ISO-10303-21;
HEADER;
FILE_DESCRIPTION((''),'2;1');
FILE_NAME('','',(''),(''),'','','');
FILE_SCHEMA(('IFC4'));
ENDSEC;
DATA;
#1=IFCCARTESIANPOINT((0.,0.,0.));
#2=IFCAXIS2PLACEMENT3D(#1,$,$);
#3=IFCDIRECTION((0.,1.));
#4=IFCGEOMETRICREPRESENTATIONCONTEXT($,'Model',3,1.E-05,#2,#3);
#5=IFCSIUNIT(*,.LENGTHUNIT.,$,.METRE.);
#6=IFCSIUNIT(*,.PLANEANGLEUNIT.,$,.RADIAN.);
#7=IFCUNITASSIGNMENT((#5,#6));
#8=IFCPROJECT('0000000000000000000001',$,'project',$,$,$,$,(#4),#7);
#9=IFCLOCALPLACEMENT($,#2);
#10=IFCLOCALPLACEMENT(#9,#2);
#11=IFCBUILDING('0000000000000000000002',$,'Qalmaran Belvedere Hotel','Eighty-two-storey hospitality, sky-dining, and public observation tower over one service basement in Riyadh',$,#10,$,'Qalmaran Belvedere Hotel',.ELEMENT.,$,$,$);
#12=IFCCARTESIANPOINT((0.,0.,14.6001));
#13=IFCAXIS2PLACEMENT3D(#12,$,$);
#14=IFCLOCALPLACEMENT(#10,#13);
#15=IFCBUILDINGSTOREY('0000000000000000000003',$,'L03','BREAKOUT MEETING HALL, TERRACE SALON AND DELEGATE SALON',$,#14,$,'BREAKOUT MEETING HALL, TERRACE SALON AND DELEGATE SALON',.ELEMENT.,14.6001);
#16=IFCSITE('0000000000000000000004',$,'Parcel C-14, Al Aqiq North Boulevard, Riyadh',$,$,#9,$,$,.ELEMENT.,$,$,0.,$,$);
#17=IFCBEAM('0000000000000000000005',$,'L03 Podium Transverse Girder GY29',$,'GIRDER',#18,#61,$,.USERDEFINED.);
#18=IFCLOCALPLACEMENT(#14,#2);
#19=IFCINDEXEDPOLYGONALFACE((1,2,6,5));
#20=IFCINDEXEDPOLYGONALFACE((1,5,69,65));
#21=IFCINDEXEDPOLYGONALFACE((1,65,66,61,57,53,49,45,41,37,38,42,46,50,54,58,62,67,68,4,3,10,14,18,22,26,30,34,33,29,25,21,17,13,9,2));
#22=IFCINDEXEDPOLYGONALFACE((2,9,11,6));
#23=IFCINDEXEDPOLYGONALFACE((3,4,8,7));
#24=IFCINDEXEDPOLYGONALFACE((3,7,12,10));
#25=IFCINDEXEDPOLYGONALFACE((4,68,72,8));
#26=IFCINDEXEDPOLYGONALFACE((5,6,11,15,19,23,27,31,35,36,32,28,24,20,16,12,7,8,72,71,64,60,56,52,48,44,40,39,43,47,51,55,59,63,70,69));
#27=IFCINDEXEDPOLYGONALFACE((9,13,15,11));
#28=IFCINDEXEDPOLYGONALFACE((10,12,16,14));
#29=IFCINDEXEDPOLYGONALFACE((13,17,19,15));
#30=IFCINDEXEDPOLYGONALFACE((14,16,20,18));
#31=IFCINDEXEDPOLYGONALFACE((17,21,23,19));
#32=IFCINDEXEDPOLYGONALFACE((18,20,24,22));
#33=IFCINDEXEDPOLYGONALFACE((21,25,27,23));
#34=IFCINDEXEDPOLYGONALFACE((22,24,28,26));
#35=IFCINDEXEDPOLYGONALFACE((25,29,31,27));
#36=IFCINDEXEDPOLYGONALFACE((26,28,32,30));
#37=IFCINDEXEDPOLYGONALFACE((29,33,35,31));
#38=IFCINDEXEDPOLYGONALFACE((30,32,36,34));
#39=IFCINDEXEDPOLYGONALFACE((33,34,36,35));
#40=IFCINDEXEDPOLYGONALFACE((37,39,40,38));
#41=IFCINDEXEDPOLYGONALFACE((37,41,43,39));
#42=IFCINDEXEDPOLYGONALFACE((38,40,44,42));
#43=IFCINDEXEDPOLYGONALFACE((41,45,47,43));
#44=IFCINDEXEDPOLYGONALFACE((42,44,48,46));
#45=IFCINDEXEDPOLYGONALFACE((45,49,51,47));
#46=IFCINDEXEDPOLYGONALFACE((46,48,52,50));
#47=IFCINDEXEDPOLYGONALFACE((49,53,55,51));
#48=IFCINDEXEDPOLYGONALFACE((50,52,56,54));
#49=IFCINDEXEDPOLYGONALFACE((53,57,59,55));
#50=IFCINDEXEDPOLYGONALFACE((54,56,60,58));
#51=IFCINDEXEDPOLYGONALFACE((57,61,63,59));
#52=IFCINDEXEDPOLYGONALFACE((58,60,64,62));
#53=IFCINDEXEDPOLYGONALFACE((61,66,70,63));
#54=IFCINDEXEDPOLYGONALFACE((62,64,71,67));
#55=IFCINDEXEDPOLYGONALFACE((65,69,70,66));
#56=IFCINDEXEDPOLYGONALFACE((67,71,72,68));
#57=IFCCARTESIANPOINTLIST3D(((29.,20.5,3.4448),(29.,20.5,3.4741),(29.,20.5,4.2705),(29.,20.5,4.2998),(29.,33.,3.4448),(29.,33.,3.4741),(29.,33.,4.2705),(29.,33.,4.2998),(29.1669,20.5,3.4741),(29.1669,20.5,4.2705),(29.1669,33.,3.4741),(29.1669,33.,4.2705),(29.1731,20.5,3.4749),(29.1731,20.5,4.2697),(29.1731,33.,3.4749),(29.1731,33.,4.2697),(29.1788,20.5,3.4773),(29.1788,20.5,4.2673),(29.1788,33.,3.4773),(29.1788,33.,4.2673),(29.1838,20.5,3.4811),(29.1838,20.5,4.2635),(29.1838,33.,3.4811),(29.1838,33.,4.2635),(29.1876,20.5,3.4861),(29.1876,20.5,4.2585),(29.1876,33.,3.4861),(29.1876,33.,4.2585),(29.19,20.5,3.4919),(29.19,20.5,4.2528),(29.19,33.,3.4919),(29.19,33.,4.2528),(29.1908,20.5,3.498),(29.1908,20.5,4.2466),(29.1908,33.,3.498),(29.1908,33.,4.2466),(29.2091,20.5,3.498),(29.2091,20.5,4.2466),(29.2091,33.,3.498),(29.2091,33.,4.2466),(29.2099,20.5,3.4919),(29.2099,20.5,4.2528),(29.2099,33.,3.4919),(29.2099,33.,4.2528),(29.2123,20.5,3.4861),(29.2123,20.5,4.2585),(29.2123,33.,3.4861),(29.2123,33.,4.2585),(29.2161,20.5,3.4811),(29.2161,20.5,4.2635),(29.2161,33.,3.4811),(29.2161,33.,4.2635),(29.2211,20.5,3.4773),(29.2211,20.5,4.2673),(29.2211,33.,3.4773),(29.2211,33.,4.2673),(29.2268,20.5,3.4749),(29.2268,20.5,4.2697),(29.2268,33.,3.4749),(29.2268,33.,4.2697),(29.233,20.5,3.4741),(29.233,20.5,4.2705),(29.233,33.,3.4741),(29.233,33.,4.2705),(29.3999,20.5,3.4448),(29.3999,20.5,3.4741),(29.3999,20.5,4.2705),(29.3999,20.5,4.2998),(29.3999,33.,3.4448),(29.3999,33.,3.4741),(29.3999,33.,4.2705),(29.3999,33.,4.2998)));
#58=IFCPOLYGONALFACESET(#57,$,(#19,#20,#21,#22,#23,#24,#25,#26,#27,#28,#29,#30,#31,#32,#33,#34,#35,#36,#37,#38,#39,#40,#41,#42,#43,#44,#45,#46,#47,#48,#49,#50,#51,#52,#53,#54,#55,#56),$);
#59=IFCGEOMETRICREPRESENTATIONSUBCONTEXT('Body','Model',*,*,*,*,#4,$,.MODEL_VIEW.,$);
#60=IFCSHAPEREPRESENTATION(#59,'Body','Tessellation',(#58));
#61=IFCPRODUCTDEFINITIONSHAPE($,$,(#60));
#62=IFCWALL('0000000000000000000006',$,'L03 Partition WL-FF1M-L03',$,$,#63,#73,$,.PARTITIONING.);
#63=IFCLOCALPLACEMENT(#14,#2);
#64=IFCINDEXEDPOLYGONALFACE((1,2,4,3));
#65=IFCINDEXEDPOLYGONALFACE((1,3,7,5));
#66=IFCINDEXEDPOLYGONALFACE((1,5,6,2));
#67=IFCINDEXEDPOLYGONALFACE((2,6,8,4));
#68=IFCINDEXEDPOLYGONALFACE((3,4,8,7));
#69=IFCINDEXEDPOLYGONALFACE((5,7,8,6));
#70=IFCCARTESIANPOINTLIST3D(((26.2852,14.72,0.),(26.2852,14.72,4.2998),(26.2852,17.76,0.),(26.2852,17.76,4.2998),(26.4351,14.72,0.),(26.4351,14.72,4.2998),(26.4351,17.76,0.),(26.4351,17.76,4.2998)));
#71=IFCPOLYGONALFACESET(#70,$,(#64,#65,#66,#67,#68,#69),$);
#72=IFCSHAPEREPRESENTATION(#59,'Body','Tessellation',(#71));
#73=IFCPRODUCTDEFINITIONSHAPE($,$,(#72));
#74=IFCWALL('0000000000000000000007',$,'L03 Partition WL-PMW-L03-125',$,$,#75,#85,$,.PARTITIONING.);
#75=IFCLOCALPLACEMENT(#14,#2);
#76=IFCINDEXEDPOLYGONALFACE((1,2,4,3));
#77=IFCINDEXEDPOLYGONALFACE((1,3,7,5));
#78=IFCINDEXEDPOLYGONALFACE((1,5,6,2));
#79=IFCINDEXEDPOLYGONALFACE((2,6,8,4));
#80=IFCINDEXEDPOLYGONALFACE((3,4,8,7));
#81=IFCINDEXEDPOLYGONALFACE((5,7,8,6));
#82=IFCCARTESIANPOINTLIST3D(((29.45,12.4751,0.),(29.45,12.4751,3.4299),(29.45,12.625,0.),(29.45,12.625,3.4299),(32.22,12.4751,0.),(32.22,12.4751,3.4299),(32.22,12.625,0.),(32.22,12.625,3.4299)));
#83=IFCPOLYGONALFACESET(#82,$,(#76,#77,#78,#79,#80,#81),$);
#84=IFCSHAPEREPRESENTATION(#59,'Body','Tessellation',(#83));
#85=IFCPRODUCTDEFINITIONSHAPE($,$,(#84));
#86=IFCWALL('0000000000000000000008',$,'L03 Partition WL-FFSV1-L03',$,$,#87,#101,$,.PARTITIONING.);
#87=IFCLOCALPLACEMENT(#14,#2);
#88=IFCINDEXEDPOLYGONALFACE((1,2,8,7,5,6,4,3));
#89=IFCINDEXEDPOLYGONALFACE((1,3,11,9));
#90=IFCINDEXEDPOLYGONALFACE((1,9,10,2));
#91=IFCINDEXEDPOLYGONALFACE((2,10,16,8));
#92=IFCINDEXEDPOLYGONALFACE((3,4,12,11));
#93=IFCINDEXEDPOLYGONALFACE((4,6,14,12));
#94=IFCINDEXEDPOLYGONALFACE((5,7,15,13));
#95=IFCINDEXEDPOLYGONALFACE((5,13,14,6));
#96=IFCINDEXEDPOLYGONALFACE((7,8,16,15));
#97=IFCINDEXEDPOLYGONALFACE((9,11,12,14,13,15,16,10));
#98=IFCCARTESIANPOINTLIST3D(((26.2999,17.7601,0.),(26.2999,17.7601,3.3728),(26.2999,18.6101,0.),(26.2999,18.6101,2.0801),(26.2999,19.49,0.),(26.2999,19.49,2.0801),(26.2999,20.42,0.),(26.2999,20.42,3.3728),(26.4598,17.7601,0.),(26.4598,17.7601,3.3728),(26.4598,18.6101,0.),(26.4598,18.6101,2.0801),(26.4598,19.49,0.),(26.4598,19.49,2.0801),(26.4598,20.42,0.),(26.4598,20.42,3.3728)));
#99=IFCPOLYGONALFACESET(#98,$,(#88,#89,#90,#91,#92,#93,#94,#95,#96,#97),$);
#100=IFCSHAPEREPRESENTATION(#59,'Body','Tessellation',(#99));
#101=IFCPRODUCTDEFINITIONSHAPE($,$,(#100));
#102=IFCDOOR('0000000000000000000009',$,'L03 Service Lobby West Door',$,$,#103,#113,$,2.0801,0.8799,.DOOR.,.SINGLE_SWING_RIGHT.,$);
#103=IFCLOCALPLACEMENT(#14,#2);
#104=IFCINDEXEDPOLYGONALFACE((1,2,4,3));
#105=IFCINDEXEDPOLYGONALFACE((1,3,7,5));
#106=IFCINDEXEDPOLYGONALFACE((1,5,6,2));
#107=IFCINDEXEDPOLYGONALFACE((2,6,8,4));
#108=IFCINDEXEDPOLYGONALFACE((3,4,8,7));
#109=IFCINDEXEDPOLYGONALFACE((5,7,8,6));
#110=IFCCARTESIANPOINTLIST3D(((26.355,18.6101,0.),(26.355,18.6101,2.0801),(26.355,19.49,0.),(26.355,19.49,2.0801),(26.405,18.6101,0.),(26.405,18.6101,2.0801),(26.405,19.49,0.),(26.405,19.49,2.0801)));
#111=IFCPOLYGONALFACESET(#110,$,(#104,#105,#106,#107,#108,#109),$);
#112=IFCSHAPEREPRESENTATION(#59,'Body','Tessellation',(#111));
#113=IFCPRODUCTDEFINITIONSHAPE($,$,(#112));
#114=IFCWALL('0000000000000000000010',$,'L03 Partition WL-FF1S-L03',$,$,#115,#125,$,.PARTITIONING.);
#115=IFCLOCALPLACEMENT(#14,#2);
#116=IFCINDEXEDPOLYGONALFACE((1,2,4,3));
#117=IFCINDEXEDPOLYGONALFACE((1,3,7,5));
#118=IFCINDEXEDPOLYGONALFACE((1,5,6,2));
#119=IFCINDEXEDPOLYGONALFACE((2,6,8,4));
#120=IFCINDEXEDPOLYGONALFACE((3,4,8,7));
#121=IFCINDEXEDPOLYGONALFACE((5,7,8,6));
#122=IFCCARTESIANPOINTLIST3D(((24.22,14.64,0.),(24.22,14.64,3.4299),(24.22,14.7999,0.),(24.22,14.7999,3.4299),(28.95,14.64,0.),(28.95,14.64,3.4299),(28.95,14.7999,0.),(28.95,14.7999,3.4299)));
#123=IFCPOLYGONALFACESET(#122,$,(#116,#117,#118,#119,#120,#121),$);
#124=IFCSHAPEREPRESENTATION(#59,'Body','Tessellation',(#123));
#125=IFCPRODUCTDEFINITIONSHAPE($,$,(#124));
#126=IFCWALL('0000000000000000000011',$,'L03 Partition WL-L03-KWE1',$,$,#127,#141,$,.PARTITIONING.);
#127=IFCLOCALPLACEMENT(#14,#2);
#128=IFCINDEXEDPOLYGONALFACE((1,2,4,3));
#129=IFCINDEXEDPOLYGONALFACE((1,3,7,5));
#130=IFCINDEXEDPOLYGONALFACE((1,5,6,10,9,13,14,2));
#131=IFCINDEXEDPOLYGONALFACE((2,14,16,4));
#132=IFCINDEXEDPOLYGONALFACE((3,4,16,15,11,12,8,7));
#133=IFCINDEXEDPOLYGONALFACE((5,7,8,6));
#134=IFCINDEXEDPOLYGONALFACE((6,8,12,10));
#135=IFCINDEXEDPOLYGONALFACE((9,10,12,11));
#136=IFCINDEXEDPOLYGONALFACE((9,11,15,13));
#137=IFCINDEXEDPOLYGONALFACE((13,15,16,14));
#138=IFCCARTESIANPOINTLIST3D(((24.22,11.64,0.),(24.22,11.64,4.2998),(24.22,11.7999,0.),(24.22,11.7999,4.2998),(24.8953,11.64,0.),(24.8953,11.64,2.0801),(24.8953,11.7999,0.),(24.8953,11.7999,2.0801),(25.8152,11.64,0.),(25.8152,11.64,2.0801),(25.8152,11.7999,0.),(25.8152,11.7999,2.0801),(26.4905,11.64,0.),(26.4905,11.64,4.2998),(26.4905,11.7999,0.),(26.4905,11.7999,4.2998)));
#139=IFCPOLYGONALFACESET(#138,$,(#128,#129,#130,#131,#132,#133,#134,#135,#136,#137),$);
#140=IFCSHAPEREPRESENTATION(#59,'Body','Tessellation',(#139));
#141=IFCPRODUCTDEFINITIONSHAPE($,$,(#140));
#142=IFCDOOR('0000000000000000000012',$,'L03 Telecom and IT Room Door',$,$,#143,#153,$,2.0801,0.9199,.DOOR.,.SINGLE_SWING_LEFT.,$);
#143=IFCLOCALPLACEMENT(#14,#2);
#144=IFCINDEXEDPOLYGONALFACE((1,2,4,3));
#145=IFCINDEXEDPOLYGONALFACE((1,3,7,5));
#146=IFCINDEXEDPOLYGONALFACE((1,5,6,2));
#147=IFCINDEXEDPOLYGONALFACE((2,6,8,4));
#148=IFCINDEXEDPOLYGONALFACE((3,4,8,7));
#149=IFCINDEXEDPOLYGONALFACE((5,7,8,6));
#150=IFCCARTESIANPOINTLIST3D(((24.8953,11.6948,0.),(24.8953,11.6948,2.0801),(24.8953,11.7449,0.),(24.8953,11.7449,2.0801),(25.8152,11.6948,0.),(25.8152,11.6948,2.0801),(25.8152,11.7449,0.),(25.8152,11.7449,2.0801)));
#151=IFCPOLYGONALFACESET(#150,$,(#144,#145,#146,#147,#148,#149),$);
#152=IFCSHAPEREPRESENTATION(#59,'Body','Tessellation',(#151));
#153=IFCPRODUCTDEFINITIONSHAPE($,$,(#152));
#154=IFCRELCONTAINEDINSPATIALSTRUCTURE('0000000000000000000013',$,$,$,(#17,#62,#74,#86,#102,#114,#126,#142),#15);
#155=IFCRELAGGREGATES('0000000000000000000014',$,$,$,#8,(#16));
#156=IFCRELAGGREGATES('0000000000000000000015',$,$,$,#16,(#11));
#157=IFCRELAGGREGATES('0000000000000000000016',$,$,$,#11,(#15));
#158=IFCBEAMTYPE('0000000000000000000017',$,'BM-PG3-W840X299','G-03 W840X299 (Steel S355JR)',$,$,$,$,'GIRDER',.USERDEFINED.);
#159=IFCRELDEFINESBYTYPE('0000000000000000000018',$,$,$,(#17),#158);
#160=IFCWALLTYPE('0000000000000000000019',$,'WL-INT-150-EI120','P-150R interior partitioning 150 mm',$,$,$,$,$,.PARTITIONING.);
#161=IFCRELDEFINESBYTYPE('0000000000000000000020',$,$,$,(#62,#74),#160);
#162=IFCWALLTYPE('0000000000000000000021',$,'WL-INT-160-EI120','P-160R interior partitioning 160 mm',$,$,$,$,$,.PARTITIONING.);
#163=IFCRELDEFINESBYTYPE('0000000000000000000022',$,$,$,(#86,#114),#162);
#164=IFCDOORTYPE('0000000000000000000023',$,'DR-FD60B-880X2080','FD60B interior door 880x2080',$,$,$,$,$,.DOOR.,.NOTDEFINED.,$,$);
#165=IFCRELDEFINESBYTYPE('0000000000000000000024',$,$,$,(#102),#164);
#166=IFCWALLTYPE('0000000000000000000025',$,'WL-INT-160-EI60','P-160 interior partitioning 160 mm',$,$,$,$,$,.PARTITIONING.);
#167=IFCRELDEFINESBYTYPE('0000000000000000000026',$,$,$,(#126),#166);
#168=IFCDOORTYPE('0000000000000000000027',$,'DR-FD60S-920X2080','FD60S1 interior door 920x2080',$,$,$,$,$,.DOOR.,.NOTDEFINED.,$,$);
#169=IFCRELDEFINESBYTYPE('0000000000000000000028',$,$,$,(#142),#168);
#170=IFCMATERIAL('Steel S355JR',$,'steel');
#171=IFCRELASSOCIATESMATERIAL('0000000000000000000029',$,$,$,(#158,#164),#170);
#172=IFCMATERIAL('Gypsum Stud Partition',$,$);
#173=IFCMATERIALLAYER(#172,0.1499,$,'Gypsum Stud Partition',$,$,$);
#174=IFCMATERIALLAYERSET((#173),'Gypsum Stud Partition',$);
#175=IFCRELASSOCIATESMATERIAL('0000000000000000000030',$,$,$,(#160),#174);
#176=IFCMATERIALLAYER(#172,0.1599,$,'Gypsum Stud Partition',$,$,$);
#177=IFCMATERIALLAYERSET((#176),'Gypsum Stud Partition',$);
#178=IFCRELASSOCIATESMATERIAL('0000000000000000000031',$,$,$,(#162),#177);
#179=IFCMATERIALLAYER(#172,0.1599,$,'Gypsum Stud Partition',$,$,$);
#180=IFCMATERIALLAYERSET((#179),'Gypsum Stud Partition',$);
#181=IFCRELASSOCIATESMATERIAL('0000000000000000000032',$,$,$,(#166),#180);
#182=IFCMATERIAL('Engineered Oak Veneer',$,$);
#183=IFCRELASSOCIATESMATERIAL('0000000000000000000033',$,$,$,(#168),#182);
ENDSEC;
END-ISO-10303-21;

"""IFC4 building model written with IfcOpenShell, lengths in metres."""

from ifc_helpers import new_model, si_unit, direction, frame, frame_2d, origin, origin_2d, place, context, subcontext, project, spatial, rectangle, i_section, extrude, material, layer, layer_set, material_profile, profile_set, type_object, element, fill, save


model = new_model("IFC4")

# Units and contexts
model_context = context("Model", 3, precision=1e-05, world=origin(), true_north=direction((0.0, 1.0)))
body_context = subcontext(model_context, "Body", "Model", "MODEL_VIEW")
ifc_project = project(units=[si_unit("LENGTHUNIT", "METRE"), si_unit("PLANEANGLEUNIT", "RADIAN")], contexts=[model_context])

# Site, building, storey
site_placement = place(None, origin())
site = spatial("IfcSite", under=ifc_project, at=site_placement, Name="Parcel C-14, Al Aqiq North Boulevard, Riyadh", CompositionType="ELEMENT", RefElevation=0.0)
building_placement = place(site_placement, origin())
building = spatial("IfcBuilding", under=site, at=building_placement, Name="Qalmaran Belvedere Hotel", Description="Eighty-two-storey hospitality, sky-dining, and public observation tower over one service basement in Riyadh", LongName="Qalmaran Belvedere Hotel", CompositionType="ELEMENT")
storey_placement = place(building_placement, frame((0.0, 0.0, 14.6001)))
storey = spatial("IfcBuildingStorey", under=building, at=storey_placement, Name="L03", Description="BREAKOUT MEETING HALL, TERRACE SALON AND DELEGATE SALON", LongName="BREAKOUT MEETING HALL, TERRACE SALON AND DELEGATE SALON", CompositionType="ELEMENT", Elevation=14.6001)

# Beam
ifc_material_1 = material(Name="Steel S355JR", Category="steel")
ifc_material_profile_1 = material_profile(ifc_material_1, i_section(OverallWidth=0.3999, OverallDepth=0.855, WebThickness=0.0183, FlangeThickness=0.0293, FilletRadius=0.0239, at=origin_2d()), Name="W840X299")
ifc_profile_set_1 = profile_set([ifc_material_profile_1], Name="Steel S355JR")
beam_type_1 = type_object("IfcBeamType", Name="BM-PG3-W840X299", Description="G-03 W840X299 (Steel S355JR)", ElementType="GIRDER", PredefinedType="USERDEFINED", material=ifc_profile_set_1)
beam_1_placement = place(storey_placement, frame((29.2, 20.5, 3.8723), z_axis=(0.0, 1.0, 0.0), x_axis=(-1.0, 0.0, 0.0)))
element("IfcBeam", 1, at=beam_1_placement, inside=storey, type_object=beam_type_1, Name="L03 Podium Transverse Girder GY29", ObjectType="GIRDER", PredefinedType="USERDEFINED", context=body_context, shape_type="SweptSolid", body=[
    extrude(i_section(OverallWidth=0.3999, OverallDepth=0.855, WebThickness=0.0183, FlangeThickness=0.0293, FilletRadius=0.0239, at=origin_2d()), origin(), (0.0, 0.0, 1.0), 12.5),
])

# Walls
ifc_material_2 = material(Name="Gypsum Stud Partition")
ifc_layer_1 = layer(ifc_material_2, 0.1499, Name="Gypsum Stud Partition")
ifc_layer_set_1 = layer_set([ifc_layer_1], Name="Gypsum Stud Partition")
wall_type_1 = type_object("IfcWallType", Name="WL-INT-150-EI120", Description="P-150R interior partitioning 150 mm", PredefinedType="PARTITIONING", material=ifc_layer_set_1)
wall_1_placement = place(storey_placement, frame((26.3601, 14.72, 0.0), z_axis=(0.0, 0.0, 1.0), x_axis=(0.0, 1.0, 0.0)))
element("IfcWall", 2, at=wall_1_placement, inside=storey, type_object=wall_type_1, Name="L03 Partition WL-FF1M-L03", PredefinedType="PARTITIONING", context=body_context, shape_type="SweptSolid", body=[
    extrude(rectangle(XDim=3.04, YDim=0.1499, at=frame_2d((1.52, 0.0))), origin(), (0.0, 0.0, 1.0), 4.2998),
])
wall_2_placement = place(storey_placement, frame((29.45, 12.55, 0.0), z_axis=(0.0, 0.0, 1.0), x_axis=(1.0, 0.0, 0.0)))
element("IfcWall", 3, at=wall_2_placement, inside=storey, type_object=wall_type_1, Name="L03 Partition WL-PMW-L03-125", PredefinedType="PARTITIONING", context=body_context, shape_type="SweptSolid", body=[
    extrude(rectangle(XDim=2.77, YDim=0.1499, at=frame_2d((1.385, 0.0))), origin(), (0.0, 0.0, 1.0), 3.4299),
])

# Wall, opening, door
ifc_layer_2 = layer(ifc_material_2, 0.1599, Name="Gypsum Stud Partition")
ifc_layer_set_2 = layer_set([ifc_layer_2], Name="Gypsum Stud Partition")
wall_type_2 = type_object("IfcWallType", Name="WL-INT-160-EI120", Description="P-160R interior partitioning 160 mm", PredefinedType="PARTITIONING", material=ifc_layer_set_2)
wall_3_placement = place(storey_placement, frame((26.3799, 17.76, 0.0), z_axis=(0.0, 0.0, 1.0), x_axis=(0.0, 1.0, 0.0)))
wall_3 = element("IfcWall", 4, at=wall_3_placement, inside=storey, type_object=wall_type_2, Name="L03 Partition WL-FFSV1-L03", PredefinedType="PARTITIONING", context=body_context, shape_type="SweptSolid", body=[
    extrude(rectangle(XDim=2.6599, YDim=0.1599, at=frame_2d((1.3301, 0.0))), origin(), (0.0, 0.0, 1.0), 3.3728),
])
opening_1_placement = place(wall_3_placement, frame((0.8501, 0.0, 0.0)))
opening_1 = element("IfcOpeningElement", 5, at=opening_1_placement, cuts=wall_3, PredefinedType="OPENING", context=body_context, shape_type="SweptSolid", body=[
    extrude(rectangle(XDim=0.8799, YDim=2.0801, at=frame_2d((0.4399, 1.04))), frame((0.0, 0.0898, 0.0), z_axis=(0.0, -1.0, 0.0), x_axis=(1.0, 0.0, 0.0)), (0.0, 0.0, 1.0), 0.1799),
])
door_type_1 = type_object("IfcDoorType", Name="DR-FD60B-880X2080", Description="FD60B interior door 880x2080", OperationType="NOTDEFINED", PredefinedType="DOOR", material=ifc_material_1)
door_1_placement = place(opening_1_placement, origin())
door_1 = element("IfcDoor", 6, at=door_1_placement, inside=storey, type_object=door_type_1, Name="L03 Service Lobby West Door", OperationType="SINGLE_SWING_RIGHT", OverallHeight=2.0801, OverallWidth=0.8799, PredefinedType="DOOR", context=body_context, shape_type="SweptSolid", body=[
    extrude(rectangle(XDim=0.8799, YDim=2.0801, at=frame_2d((0.4399, 1.04))), frame((0.0, 0.0249, 0.0), z_axis=(0.0, -1.0, 0.0), x_axis=(1.0, 0.0, 0.0)), (0.0, 0.0, 1.0), 0.05),
])
fill(opening_1, door_1)

# Wall
wall_4_placement = place(storey_placement, frame((24.22, 14.72, 0.0), z_axis=(0.0, 0.0, 1.0), x_axis=(1.0, 0.0, 0.0)))
element("IfcWall", 7, at=wall_4_placement, inside=storey, type_object=wall_type_2, Name="L03 Partition WL-FF1S-L03", PredefinedType="PARTITIONING", context=body_context, shape_type="SweptSolid", body=[
    extrude(rectangle(XDim=4.73, YDim=0.1599, at=frame_2d((2.365, 0.0))), origin(), (0.0, 0.0, 1.0), 3.4299),
])

# Wall, opening, door
ifc_layer_3 = layer(ifc_material_2, 0.1599, Name="Gypsum Stud Partition")
ifc_layer_set_3 = layer_set([ifc_layer_3], Name="Gypsum Stud Partition")
wall_type_3 = type_object("IfcWallType", Name="WL-INT-160-EI60", Description="P-160 interior partitioning 160 mm", PredefinedType="PARTITIONING", material=ifc_layer_set_3)
wall_5_placement = place(storey_placement, frame((24.22, 11.72, 0.0), z_axis=(0.0, 0.0, 1.0), x_axis=(1.0, 0.0, 0.0)))
wall_5 = element("IfcWall", 8, at=wall_5_placement, inside=storey, type_object=wall_type_3, Name="L03 Partition WL-L03-KWE1", PredefinedType="PARTITIONING", context=body_context, shape_type="SweptSolid", body=[
    extrude(rectangle(XDim=2.2705, YDim=0.1599, at=frame_2d((1.1353, 0.0))), origin(), (0.0, 0.0, 1.0), 4.2998),
])
opening_2_placement = place(wall_5_placement, frame((0.6753, 0.0, 0.0)))
opening_2 = element("IfcOpeningElement", 9, at=opening_2_placement, cuts=wall_5, PredefinedType="OPENING", context=body_context, shape_type="SweptSolid", body=[
    extrude(rectangle(XDim=0.9199, YDim=2.0801, at=frame_2d((0.46, 1.04))), frame((0.0, 0.0898, 0.0), z_axis=(0.0, -1.0, 0.0), x_axis=(1.0, 0.0, 0.0)), (0.0, 0.0, 1.0), 0.1799),
])
ifc_material_3 = material(Name="Engineered Oak Veneer")
door_type_2 = type_object("IfcDoorType", Name="DR-FD60S-920X2080", Description="FD60S1 interior door 920x2080", OperationType="NOTDEFINED", PredefinedType="DOOR", material=ifc_material_3)
door_2_placement = place(opening_2_placement, origin())
door_2 = element("IfcDoor", 10, at=door_2_placement, inside=storey, type_object=door_type_2, Name="L03 Telecom and IT Room Door", OperationType="SINGLE_SWING_LEFT", OverallHeight=2.0801, OverallWidth=0.9199, PredefinedType="DOOR", context=body_context, shape_type="SweptSolid", body=[
    extrude(rectangle(XDim=0.9199, YDim=2.0801, at=frame_2d((0.46, 1.04))), frame((0.0, 0.0249, 0.0), z_axis=(0.0, -1.0, 0.0), x_axis=(1.0, 0.0, 0.0)), (0.0, 0.0, 1.0), 0.05),
])
fill(opening_2, door_2)

save(model, "model.ifc")
